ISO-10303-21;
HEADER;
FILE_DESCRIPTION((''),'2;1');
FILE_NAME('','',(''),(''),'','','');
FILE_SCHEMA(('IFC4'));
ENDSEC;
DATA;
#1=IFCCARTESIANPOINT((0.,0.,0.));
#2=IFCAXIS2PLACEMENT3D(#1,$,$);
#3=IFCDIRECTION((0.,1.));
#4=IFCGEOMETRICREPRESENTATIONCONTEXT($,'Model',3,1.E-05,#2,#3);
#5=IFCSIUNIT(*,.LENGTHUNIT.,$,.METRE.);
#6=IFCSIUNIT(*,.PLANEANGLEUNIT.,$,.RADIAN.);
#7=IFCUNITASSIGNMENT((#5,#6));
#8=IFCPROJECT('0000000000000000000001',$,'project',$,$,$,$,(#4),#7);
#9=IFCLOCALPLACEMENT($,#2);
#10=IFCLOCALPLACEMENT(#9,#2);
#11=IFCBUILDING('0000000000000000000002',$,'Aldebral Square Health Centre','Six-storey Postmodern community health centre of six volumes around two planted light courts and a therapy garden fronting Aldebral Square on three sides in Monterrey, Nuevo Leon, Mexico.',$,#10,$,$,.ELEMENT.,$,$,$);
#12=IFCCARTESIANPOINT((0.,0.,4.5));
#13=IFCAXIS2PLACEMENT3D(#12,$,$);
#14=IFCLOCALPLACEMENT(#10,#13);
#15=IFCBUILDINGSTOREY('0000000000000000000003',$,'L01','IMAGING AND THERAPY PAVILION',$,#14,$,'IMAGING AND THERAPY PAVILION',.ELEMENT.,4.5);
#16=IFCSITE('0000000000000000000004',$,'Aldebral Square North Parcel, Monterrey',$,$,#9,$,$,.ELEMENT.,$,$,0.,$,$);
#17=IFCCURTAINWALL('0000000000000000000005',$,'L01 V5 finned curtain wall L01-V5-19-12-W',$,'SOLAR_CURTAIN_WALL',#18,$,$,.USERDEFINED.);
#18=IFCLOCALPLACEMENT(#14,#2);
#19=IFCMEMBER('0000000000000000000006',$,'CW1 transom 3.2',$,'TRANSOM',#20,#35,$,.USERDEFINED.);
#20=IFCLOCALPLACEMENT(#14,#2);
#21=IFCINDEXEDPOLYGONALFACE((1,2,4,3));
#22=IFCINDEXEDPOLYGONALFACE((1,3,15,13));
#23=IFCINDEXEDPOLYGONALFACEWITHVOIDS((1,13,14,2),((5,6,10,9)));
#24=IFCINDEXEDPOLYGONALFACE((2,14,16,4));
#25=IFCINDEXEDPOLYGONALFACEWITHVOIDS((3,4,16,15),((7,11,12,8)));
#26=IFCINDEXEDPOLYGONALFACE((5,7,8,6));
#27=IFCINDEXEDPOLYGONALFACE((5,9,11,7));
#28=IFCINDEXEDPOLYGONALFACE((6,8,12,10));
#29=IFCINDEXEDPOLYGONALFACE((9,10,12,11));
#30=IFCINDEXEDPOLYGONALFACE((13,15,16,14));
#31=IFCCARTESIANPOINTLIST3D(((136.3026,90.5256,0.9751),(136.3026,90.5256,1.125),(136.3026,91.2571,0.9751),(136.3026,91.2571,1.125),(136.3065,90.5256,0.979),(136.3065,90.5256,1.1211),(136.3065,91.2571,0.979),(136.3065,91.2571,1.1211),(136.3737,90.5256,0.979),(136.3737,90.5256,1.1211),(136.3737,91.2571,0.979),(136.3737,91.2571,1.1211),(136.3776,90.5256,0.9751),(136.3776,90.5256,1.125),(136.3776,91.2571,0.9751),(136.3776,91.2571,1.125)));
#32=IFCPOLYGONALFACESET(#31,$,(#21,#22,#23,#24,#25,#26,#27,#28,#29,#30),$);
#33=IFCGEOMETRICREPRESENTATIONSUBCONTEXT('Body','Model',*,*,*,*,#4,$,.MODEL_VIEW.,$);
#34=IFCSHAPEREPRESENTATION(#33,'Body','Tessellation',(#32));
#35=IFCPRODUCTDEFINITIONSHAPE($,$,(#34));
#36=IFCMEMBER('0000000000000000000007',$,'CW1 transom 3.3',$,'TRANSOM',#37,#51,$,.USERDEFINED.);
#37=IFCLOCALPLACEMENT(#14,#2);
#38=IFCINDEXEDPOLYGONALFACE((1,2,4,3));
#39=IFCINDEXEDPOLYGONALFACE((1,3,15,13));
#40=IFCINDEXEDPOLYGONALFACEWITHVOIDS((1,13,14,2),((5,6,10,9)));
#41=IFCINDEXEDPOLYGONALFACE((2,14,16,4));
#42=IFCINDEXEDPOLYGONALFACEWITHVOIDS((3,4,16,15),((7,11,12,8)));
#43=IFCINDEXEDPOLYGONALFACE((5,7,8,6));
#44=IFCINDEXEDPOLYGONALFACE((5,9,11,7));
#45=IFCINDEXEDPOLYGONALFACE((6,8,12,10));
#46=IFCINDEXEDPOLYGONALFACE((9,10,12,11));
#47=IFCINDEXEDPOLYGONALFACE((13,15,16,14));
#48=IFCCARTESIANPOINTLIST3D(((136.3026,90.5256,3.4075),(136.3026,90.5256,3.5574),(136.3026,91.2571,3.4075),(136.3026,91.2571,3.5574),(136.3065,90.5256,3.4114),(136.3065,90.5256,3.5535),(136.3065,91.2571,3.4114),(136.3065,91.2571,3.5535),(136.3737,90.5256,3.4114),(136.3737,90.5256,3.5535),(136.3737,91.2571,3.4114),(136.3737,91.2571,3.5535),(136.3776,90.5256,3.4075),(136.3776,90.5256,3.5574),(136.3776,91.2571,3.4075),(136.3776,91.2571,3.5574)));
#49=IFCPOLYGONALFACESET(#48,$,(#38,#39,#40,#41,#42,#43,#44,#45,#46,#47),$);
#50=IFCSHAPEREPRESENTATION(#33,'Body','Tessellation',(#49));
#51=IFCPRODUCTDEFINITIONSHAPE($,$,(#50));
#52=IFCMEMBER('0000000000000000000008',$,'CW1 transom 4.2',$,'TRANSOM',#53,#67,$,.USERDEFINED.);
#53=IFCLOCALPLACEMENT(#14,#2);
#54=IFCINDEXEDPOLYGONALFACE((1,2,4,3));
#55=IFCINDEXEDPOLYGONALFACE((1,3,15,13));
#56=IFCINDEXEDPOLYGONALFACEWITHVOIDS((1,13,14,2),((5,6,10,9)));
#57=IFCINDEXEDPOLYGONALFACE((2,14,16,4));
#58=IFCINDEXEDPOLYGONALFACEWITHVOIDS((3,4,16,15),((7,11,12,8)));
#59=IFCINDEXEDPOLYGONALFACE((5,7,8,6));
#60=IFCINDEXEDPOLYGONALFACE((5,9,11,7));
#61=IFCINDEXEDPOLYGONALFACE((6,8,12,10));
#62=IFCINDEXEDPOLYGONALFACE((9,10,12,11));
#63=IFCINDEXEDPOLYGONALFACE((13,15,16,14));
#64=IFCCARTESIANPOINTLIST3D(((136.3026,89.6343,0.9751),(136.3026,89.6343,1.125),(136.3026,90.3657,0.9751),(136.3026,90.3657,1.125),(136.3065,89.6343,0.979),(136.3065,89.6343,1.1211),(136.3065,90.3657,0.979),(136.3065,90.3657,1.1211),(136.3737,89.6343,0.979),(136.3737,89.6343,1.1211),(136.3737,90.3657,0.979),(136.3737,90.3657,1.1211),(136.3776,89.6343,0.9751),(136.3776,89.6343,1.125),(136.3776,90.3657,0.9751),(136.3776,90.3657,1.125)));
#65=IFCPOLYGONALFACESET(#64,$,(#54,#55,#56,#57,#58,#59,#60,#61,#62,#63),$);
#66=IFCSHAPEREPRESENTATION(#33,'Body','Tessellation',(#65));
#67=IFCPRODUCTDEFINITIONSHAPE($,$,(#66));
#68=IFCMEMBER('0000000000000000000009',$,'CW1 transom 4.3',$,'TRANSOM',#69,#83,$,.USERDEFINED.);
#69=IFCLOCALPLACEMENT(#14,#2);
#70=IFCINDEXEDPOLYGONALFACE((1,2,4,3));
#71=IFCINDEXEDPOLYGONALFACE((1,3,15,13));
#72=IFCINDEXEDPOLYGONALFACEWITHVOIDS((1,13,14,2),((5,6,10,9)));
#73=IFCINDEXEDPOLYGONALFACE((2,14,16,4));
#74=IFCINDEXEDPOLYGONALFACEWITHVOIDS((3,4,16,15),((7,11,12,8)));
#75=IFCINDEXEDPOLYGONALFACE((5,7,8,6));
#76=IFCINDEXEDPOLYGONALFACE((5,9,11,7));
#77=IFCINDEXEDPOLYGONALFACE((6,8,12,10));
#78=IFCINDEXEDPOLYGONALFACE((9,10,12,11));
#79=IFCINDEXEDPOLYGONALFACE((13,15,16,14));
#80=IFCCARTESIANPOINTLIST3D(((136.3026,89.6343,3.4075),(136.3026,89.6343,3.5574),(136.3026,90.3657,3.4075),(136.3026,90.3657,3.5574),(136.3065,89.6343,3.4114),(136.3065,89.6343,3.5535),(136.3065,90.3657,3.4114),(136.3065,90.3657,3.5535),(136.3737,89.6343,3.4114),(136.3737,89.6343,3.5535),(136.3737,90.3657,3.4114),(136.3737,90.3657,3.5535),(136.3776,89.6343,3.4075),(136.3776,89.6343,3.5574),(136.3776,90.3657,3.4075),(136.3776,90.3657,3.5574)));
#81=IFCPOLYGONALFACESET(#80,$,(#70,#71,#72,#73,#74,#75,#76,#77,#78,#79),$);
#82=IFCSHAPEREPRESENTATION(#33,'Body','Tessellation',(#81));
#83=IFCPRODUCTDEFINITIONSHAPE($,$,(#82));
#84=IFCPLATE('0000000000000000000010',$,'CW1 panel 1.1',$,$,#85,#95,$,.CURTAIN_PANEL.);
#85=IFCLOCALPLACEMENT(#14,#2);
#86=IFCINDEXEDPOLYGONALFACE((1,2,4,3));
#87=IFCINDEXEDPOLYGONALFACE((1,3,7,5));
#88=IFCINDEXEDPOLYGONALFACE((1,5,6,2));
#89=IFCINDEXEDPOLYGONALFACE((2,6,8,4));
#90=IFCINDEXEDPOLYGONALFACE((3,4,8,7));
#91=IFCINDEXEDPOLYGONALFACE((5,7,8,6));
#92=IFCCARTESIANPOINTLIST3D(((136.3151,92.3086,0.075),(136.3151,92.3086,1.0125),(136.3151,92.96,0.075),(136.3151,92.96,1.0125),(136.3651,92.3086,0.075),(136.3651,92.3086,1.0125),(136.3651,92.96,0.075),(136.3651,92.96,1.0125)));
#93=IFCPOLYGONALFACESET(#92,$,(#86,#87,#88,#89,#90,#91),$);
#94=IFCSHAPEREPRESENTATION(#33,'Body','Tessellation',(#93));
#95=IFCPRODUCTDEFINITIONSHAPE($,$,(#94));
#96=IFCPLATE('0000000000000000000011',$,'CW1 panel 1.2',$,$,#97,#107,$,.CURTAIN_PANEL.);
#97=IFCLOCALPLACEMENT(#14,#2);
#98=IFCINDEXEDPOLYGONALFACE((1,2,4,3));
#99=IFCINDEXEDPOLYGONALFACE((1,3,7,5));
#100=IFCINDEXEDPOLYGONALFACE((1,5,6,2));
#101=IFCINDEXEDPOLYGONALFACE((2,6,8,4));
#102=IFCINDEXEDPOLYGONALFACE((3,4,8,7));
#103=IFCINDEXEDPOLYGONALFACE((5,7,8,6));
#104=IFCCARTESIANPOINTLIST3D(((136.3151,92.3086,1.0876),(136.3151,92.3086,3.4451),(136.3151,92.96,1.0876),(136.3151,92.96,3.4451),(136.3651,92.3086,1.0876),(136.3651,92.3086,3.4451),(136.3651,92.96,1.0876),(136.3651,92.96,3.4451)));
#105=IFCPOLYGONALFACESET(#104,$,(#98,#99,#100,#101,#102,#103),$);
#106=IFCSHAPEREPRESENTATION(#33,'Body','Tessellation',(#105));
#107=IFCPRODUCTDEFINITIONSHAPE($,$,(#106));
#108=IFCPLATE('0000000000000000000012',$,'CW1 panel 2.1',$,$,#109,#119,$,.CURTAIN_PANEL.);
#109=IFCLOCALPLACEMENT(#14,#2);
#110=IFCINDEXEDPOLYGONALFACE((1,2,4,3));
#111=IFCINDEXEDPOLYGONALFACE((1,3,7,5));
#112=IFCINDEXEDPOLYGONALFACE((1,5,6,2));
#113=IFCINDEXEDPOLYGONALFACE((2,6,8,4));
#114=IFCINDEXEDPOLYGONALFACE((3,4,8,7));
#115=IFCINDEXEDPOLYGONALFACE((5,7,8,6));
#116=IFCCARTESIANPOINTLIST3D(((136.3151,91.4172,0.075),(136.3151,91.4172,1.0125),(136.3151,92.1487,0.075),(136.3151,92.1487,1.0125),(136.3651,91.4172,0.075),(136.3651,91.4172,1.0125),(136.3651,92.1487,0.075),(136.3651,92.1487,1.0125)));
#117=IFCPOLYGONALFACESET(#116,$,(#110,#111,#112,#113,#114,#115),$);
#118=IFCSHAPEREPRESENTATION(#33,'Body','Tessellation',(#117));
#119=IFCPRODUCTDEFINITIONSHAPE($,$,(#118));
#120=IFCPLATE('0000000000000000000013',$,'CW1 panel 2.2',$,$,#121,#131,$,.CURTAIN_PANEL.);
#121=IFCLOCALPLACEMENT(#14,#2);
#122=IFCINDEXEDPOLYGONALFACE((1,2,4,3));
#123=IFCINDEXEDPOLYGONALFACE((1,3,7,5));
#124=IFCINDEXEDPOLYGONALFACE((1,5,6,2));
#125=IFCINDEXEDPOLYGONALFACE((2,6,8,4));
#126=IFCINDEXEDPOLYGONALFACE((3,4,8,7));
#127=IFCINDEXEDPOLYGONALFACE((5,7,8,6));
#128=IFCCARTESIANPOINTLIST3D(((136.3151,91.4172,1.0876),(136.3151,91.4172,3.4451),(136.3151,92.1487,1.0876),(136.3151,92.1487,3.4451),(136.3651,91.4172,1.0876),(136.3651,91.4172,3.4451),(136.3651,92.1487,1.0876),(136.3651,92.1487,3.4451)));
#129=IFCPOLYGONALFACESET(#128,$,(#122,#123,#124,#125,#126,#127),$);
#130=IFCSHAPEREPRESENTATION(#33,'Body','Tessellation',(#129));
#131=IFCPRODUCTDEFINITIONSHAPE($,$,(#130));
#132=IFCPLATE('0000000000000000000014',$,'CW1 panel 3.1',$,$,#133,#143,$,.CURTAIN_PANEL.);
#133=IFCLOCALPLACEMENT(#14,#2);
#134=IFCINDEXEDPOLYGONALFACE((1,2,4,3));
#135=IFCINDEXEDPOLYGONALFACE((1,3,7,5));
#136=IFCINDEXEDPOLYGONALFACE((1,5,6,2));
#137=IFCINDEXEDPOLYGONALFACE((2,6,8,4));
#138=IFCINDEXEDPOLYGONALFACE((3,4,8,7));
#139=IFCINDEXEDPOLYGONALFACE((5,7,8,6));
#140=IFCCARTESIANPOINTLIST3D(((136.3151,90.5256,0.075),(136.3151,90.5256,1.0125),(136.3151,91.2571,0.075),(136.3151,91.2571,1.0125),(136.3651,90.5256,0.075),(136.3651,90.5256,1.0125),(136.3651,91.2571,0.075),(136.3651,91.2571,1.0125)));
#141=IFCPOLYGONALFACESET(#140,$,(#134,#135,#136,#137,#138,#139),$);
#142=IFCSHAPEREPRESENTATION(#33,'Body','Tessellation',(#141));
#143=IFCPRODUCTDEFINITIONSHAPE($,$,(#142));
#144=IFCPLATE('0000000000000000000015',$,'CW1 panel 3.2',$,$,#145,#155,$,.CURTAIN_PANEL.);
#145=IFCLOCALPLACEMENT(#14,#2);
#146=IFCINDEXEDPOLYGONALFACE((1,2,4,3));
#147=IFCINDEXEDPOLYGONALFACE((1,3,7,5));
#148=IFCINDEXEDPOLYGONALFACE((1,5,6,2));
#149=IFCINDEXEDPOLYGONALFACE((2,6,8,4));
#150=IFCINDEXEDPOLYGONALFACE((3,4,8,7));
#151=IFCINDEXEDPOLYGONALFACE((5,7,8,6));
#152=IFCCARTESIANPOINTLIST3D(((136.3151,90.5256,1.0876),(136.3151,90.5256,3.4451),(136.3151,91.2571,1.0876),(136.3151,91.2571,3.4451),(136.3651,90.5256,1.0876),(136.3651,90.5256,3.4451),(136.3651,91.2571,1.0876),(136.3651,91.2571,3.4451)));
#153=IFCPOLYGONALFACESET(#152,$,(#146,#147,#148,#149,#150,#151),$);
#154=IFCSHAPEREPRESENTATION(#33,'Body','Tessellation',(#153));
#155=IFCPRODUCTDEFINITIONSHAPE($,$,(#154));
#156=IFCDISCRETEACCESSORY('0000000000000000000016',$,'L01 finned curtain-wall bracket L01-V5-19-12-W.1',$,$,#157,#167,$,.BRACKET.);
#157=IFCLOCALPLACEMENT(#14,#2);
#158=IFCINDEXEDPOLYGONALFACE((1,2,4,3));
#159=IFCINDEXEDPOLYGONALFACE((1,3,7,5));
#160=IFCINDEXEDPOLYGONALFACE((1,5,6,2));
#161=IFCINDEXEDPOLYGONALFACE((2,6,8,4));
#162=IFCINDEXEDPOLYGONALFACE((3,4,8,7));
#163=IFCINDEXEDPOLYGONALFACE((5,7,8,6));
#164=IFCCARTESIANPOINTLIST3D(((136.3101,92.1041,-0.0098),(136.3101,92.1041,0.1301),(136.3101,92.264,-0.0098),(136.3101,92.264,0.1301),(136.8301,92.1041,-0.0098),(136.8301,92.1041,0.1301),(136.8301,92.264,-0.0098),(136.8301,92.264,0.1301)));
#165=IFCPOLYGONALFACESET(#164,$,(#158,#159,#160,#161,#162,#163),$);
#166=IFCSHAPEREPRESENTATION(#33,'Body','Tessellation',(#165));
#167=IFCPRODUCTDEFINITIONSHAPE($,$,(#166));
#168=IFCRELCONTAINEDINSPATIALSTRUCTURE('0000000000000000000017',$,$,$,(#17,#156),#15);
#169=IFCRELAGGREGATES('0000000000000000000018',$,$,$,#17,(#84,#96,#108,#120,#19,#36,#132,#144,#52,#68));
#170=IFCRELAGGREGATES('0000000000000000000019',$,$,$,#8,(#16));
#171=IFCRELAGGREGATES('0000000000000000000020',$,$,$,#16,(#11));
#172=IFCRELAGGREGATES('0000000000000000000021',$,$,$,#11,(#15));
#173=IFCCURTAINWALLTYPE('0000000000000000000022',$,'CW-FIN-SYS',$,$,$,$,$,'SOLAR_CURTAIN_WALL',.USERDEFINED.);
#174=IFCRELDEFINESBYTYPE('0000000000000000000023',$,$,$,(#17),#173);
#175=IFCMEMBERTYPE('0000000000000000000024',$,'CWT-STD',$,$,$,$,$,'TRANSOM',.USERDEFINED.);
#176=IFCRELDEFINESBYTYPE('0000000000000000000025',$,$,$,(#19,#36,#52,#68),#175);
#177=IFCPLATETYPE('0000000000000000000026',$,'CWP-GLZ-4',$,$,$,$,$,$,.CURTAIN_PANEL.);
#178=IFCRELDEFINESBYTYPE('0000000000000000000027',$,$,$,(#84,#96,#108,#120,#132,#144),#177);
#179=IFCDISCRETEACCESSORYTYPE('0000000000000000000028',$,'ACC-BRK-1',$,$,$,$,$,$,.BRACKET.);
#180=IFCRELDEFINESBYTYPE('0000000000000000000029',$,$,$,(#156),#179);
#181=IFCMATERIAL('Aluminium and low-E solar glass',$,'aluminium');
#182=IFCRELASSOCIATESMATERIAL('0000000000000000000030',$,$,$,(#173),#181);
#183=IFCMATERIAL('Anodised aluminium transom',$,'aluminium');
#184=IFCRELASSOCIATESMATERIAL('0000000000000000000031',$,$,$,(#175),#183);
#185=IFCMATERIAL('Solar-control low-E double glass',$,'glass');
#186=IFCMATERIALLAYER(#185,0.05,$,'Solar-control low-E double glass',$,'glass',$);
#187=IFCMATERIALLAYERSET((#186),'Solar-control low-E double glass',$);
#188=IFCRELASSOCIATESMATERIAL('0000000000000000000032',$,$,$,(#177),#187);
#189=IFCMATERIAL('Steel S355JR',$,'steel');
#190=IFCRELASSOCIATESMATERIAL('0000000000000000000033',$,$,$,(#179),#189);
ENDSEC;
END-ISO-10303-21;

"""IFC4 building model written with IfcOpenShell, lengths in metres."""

from ifc_helpers import new_model, si_unit, direction, frame, origin, origin_2d, place, context, subcontext, project, spatial, rectangle, hollow_rectangle, extrude, material, layer, layer_set, material_profile, profile_set, type_object, element, aggregate, save


model = new_model("IFC4")

# Units and contexts
model_context = context("Model", 3, precision=1e-05, world=origin(), true_north=direction((0.0, 1.0)))
body_context = subcontext(model_context, "Body", "Model", "MODEL_VIEW")
ifc_project = project(units=[si_unit("LENGTHUNIT", "METRE"), si_unit("PLANEANGLEUNIT", "RADIAN")], contexts=[model_context])

# Site, building, storey
site_placement = place(None, origin())
site = spatial("IfcSite", under=ifc_project, at=site_placement, Name="Aldebral Square North Parcel, Monterrey", CompositionType="ELEMENT", RefElevation=0.0)
building_placement = place(site_placement, origin())
building = spatial("IfcBuilding", under=site, at=building_placement, Name="Aldebral Square Health Centre", Description="Six-storey Postmodern community health centre of six volumes around two planted light courts and a therapy garden fronting Aldebral Square on three sides in Monterrey, Nuevo Leon, Mexico.", CompositionType="ELEMENT")
storey_placement = place(building_placement, frame((0.0, 0.0, 4.5)))
storey = spatial("IfcBuildingStorey", under=building, at=storey_placement, Name="L01", Description="IMAGING AND THERAPY PAVILION", LongName="IMAGING AND THERAPY PAVILION", CompositionType="ELEMENT", Elevation=4.5)

# Curtain wall, members, plates
ifc_material_1 = material(Name="Aluminium and low-E solar glass", Category="aluminium")
curtain_wall_type = type_object("IfcCurtainWallType", Name="CW-FIN-SYS", ElementType="SOLAR_CURTAIN_WALL", PredefinedType="USERDEFINED", material=ifc_material_1)
curtain_wall_placement = place(storey_placement, origin())
curtain_wall = element("IfcCurtainWall", 1, at=curtain_wall_placement, inside=storey, type_object=curtain_wall_type, Name="L01 V5 finned curtain wall L01-V5-19-12-W", ObjectType="SOLAR_CURTAIN_WALL", PredefinedType="USERDEFINED")
ifc_material_2 = material(Name="Anodised aluminium transom", Category="aluminium")
ifc_material_profile_1 = material_profile(ifc_material_2, hollow_rectangle(XDim=0.075, YDim=0.1499, WallThickness=0.0039, at=origin_2d()), Name="CWT 75x150x4")
ifc_profile_set_1 = profile_set([ifc_material_profile_1], Name="Anodised aluminium transom")
member_type_1 = type_object("IfcMemberType", Name="CWT-STD", ElementType="TRANSOM", PredefinedType="USERDEFINED", material=ifc_profile_set_1)
member_1_placement = place(storey_placement, frame((136.3401, 91.2571, 1.05), z_axis=(0.0, -1.0, 0.0), x_axis=(1.0, 0.0, 0.0)))
member_1 = element("IfcMember", 2, at=member_1_placement, type_object=member_type_1, Name="CW1 transom 3.2", ObjectType="TRANSOM", PredefinedType="USERDEFINED", context=body_context, shape_type="SweptSolid", body=[
    extrude(hollow_rectangle(XDim=0.075, YDim=0.1499, WallThickness=0.0039, at=origin_2d()), origin(), (0.0, 0.0, 1.0), 0.7314),
])
member_2_placement = place(storey_placement, frame((136.3401, 91.2571, 3.4824), z_axis=(0.0, -1.0, 0.0), x_axis=(1.0, 0.0, 0.0)))
member_2 = element("IfcMember", 3, at=member_2_placement, type_object=member_type_1, Name="CW1 transom 3.3", ObjectType="TRANSOM", PredefinedType="USERDEFINED", context=body_context, shape_type="SweptSolid", body=[
    extrude(hollow_rectangle(XDim=0.075, YDim=0.1499, WallThickness=0.0039, at=origin_2d()), origin(), (0.0, 0.0, 1.0), 0.7314),
])
member_3_placement = place(storey_placement, frame((136.3401, 90.3657, 1.05), z_axis=(0.0, -1.0, 0.0), x_axis=(1.0, 0.0, 0.0)))
member_3 = element("IfcMember", 4, at=member_3_placement, type_object=member_type_1, Name="CW1 transom 4.2", ObjectType="TRANSOM", PredefinedType="USERDEFINED", context=body_context, shape_type="SweptSolid", body=[
    extrude(hollow_rectangle(XDim=0.075, YDim=0.1499, WallThickness=0.0039, at=origin_2d()), origin(), (0.0, 0.0, 1.0), 0.7314),
])
member_4_placement = place(storey_placement, frame((136.3401, 90.3657, 3.4824), z_axis=(0.0, -1.0, 0.0), x_axis=(1.0, 0.0, 0.0)))
member_4 = element("IfcMember", 5, at=member_4_placement, type_object=member_type_1, Name="CW1 transom 4.3", ObjectType="TRANSOM", PredefinedType="USERDEFINED", context=body_context, shape_type="SweptSolid", body=[
    extrude(hollow_rectangle(XDim=0.075, YDim=0.1499, WallThickness=0.0039, at=origin_2d()), origin(), (0.0, 0.0, 1.0), 0.7314),
])
ifc_material_3 = material(Name="Solar-control low-E double glass", Category="glass")
ifc_layer = layer(ifc_material_3, 0.05, Name="Solar-control low-E double glass", Category="glass")
ifc_layer_set = layer_set([ifc_layer], Name="Solar-control low-E double glass")
plate_type = type_object("IfcPlateType", Name="CWP-GLZ-4", PredefinedType="CURTAIN_PANEL", material=ifc_layer_set)
plate_1_placement = place(storey_placement, frame((136.3401, 92.6343, 0.075), z_axis=(0.0, 0.0, 1.0), x_axis=(0.0, -1.0, 0.0)))
plate_1 = element("IfcPlate", 6, at=plate_1_placement, type_object=plate_type, Name="CW1 panel 1.1", PredefinedType="CURTAIN_PANEL", context=body_context, shape_type="SweptSolid", body=[
    extrude(rectangle(XDim=0.6514, YDim=0.05, at=origin_2d()), origin(), (0.0, 0.0, 1.0), 0.9375),
])
plate_2_placement = place(storey_placement, frame((136.3401, 92.6343, 1.0876), z_axis=(0.0, 0.0, 1.0), x_axis=(0.0, -1.0, 0.0)))
plate_2 = element("IfcPlate", 7, at=plate_2_placement, type_object=plate_type, Name="CW1 panel 1.2", PredefinedType="CURTAIN_PANEL", context=body_context, shape_type="SweptSolid", body=[
    extrude(rectangle(XDim=0.6514, YDim=0.05, at=origin_2d()), origin(), (0.0, 0.0, 1.0), 2.3574),
])
plate_3_placement = place(storey_placement, frame((136.3401, 91.783, 0.075), z_axis=(0.0, 0.0, 1.0), x_axis=(0.0, -1.0, 0.0)))
plate_3 = element("IfcPlate", 8, at=plate_3_placement, type_object=plate_type, Name="CW1 panel 2.1", PredefinedType="CURTAIN_PANEL", context=body_context, shape_type="SweptSolid", body=[
    extrude(rectangle(XDim=0.7314, YDim=0.05, at=origin_2d()), origin(), (0.0, 0.0, 1.0), 0.9375),
])
plate_4_placement = place(storey_placement, frame((136.3401, 91.783, 1.0876), z_axis=(0.0, 0.0, 1.0), x_axis=(0.0, -1.0, 0.0)))
plate_4 = element("IfcPlate", 9, at=plate_4_placement, type_object=plate_type, Name="CW1 panel 2.2", PredefinedType="CURTAIN_PANEL", context=body_context, shape_type="SweptSolid", body=[
    extrude(rectangle(XDim=0.7314, YDim=0.05, at=origin_2d()), origin(), (0.0, 0.0, 1.0), 2.3574),
])
plate_5_placement = place(storey_placement, frame((136.3401, 90.8914, 0.075), z_axis=(0.0, 0.0, 1.0), x_axis=(0.0, -1.0, 0.0)))
plate_5 = element("IfcPlate", 10, at=plate_5_placement, type_object=plate_type, Name="CW1 panel 3.1", PredefinedType="CURTAIN_PANEL", context=body_context, shape_type="SweptSolid", body=[
    extrude(rectangle(XDim=0.7314, YDim=0.05, at=origin_2d()), origin(), (0.0, 0.0, 1.0), 0.9375),
])
plate_6_placement = place(storey_placement, frame((136.3401, 90.8914, 1.0876), z_axis=(0.0, 0.0, 1.0), x_axis=(0.0, -1.0, 0.0)))
plate_6 = element("IfcPlate", 11, at=plate_6_placement, type_object=plate_type, Name="CW1 panel 3.2", PredefinedType="CURTAIN_PANEL", context=body_context, shape_type="SweptSolid", body=[
    extrude(rectangle(XDim=0.7314, YDim=0.05, at=origin_2d()), origin(), (0.0, 0.0, 1.0), 2.3574),
])
aggregate(curtain_wall, [plate_1, plate_2, plate_3, plate_4, member_1, member_2, plate_5, plate_6, member_3, member_4])

# Discrete accessory
ifc_material_4 = material(Name="Steel S355JR", Category="steel")
discrete_accessory_type = type_object("IfcDiscreteAccessoryType", Name="ACC-BRK-1", PredefinedType="BRACKET", material=ifc_material_4)
discrete_accessory_placement = place(storey_placement, frame((136.5701, 92.1841, -0.0098), z_axis=(0.0, 0.0, 1.0), x_axis=(0.0, 1.0, 0.0)))
element("IfcDiscreteAccessory", 12, at=discrete_accessory_placement, inside=storey, type_object=discrete_accessory_type, Name="L01 finned curtain-wall bracket L01-V5-19-12-W.1", PredefinedType="BRACKET", context=body_context, shape_type="SweptSolid", body=[
    extrude(rectangle(XDim=0.1599, YDim=0.52, at=origin_2d()), origin(), (0.0, 0.0, 1.0), 0.1399),
])

save(model, "model.ifc")
